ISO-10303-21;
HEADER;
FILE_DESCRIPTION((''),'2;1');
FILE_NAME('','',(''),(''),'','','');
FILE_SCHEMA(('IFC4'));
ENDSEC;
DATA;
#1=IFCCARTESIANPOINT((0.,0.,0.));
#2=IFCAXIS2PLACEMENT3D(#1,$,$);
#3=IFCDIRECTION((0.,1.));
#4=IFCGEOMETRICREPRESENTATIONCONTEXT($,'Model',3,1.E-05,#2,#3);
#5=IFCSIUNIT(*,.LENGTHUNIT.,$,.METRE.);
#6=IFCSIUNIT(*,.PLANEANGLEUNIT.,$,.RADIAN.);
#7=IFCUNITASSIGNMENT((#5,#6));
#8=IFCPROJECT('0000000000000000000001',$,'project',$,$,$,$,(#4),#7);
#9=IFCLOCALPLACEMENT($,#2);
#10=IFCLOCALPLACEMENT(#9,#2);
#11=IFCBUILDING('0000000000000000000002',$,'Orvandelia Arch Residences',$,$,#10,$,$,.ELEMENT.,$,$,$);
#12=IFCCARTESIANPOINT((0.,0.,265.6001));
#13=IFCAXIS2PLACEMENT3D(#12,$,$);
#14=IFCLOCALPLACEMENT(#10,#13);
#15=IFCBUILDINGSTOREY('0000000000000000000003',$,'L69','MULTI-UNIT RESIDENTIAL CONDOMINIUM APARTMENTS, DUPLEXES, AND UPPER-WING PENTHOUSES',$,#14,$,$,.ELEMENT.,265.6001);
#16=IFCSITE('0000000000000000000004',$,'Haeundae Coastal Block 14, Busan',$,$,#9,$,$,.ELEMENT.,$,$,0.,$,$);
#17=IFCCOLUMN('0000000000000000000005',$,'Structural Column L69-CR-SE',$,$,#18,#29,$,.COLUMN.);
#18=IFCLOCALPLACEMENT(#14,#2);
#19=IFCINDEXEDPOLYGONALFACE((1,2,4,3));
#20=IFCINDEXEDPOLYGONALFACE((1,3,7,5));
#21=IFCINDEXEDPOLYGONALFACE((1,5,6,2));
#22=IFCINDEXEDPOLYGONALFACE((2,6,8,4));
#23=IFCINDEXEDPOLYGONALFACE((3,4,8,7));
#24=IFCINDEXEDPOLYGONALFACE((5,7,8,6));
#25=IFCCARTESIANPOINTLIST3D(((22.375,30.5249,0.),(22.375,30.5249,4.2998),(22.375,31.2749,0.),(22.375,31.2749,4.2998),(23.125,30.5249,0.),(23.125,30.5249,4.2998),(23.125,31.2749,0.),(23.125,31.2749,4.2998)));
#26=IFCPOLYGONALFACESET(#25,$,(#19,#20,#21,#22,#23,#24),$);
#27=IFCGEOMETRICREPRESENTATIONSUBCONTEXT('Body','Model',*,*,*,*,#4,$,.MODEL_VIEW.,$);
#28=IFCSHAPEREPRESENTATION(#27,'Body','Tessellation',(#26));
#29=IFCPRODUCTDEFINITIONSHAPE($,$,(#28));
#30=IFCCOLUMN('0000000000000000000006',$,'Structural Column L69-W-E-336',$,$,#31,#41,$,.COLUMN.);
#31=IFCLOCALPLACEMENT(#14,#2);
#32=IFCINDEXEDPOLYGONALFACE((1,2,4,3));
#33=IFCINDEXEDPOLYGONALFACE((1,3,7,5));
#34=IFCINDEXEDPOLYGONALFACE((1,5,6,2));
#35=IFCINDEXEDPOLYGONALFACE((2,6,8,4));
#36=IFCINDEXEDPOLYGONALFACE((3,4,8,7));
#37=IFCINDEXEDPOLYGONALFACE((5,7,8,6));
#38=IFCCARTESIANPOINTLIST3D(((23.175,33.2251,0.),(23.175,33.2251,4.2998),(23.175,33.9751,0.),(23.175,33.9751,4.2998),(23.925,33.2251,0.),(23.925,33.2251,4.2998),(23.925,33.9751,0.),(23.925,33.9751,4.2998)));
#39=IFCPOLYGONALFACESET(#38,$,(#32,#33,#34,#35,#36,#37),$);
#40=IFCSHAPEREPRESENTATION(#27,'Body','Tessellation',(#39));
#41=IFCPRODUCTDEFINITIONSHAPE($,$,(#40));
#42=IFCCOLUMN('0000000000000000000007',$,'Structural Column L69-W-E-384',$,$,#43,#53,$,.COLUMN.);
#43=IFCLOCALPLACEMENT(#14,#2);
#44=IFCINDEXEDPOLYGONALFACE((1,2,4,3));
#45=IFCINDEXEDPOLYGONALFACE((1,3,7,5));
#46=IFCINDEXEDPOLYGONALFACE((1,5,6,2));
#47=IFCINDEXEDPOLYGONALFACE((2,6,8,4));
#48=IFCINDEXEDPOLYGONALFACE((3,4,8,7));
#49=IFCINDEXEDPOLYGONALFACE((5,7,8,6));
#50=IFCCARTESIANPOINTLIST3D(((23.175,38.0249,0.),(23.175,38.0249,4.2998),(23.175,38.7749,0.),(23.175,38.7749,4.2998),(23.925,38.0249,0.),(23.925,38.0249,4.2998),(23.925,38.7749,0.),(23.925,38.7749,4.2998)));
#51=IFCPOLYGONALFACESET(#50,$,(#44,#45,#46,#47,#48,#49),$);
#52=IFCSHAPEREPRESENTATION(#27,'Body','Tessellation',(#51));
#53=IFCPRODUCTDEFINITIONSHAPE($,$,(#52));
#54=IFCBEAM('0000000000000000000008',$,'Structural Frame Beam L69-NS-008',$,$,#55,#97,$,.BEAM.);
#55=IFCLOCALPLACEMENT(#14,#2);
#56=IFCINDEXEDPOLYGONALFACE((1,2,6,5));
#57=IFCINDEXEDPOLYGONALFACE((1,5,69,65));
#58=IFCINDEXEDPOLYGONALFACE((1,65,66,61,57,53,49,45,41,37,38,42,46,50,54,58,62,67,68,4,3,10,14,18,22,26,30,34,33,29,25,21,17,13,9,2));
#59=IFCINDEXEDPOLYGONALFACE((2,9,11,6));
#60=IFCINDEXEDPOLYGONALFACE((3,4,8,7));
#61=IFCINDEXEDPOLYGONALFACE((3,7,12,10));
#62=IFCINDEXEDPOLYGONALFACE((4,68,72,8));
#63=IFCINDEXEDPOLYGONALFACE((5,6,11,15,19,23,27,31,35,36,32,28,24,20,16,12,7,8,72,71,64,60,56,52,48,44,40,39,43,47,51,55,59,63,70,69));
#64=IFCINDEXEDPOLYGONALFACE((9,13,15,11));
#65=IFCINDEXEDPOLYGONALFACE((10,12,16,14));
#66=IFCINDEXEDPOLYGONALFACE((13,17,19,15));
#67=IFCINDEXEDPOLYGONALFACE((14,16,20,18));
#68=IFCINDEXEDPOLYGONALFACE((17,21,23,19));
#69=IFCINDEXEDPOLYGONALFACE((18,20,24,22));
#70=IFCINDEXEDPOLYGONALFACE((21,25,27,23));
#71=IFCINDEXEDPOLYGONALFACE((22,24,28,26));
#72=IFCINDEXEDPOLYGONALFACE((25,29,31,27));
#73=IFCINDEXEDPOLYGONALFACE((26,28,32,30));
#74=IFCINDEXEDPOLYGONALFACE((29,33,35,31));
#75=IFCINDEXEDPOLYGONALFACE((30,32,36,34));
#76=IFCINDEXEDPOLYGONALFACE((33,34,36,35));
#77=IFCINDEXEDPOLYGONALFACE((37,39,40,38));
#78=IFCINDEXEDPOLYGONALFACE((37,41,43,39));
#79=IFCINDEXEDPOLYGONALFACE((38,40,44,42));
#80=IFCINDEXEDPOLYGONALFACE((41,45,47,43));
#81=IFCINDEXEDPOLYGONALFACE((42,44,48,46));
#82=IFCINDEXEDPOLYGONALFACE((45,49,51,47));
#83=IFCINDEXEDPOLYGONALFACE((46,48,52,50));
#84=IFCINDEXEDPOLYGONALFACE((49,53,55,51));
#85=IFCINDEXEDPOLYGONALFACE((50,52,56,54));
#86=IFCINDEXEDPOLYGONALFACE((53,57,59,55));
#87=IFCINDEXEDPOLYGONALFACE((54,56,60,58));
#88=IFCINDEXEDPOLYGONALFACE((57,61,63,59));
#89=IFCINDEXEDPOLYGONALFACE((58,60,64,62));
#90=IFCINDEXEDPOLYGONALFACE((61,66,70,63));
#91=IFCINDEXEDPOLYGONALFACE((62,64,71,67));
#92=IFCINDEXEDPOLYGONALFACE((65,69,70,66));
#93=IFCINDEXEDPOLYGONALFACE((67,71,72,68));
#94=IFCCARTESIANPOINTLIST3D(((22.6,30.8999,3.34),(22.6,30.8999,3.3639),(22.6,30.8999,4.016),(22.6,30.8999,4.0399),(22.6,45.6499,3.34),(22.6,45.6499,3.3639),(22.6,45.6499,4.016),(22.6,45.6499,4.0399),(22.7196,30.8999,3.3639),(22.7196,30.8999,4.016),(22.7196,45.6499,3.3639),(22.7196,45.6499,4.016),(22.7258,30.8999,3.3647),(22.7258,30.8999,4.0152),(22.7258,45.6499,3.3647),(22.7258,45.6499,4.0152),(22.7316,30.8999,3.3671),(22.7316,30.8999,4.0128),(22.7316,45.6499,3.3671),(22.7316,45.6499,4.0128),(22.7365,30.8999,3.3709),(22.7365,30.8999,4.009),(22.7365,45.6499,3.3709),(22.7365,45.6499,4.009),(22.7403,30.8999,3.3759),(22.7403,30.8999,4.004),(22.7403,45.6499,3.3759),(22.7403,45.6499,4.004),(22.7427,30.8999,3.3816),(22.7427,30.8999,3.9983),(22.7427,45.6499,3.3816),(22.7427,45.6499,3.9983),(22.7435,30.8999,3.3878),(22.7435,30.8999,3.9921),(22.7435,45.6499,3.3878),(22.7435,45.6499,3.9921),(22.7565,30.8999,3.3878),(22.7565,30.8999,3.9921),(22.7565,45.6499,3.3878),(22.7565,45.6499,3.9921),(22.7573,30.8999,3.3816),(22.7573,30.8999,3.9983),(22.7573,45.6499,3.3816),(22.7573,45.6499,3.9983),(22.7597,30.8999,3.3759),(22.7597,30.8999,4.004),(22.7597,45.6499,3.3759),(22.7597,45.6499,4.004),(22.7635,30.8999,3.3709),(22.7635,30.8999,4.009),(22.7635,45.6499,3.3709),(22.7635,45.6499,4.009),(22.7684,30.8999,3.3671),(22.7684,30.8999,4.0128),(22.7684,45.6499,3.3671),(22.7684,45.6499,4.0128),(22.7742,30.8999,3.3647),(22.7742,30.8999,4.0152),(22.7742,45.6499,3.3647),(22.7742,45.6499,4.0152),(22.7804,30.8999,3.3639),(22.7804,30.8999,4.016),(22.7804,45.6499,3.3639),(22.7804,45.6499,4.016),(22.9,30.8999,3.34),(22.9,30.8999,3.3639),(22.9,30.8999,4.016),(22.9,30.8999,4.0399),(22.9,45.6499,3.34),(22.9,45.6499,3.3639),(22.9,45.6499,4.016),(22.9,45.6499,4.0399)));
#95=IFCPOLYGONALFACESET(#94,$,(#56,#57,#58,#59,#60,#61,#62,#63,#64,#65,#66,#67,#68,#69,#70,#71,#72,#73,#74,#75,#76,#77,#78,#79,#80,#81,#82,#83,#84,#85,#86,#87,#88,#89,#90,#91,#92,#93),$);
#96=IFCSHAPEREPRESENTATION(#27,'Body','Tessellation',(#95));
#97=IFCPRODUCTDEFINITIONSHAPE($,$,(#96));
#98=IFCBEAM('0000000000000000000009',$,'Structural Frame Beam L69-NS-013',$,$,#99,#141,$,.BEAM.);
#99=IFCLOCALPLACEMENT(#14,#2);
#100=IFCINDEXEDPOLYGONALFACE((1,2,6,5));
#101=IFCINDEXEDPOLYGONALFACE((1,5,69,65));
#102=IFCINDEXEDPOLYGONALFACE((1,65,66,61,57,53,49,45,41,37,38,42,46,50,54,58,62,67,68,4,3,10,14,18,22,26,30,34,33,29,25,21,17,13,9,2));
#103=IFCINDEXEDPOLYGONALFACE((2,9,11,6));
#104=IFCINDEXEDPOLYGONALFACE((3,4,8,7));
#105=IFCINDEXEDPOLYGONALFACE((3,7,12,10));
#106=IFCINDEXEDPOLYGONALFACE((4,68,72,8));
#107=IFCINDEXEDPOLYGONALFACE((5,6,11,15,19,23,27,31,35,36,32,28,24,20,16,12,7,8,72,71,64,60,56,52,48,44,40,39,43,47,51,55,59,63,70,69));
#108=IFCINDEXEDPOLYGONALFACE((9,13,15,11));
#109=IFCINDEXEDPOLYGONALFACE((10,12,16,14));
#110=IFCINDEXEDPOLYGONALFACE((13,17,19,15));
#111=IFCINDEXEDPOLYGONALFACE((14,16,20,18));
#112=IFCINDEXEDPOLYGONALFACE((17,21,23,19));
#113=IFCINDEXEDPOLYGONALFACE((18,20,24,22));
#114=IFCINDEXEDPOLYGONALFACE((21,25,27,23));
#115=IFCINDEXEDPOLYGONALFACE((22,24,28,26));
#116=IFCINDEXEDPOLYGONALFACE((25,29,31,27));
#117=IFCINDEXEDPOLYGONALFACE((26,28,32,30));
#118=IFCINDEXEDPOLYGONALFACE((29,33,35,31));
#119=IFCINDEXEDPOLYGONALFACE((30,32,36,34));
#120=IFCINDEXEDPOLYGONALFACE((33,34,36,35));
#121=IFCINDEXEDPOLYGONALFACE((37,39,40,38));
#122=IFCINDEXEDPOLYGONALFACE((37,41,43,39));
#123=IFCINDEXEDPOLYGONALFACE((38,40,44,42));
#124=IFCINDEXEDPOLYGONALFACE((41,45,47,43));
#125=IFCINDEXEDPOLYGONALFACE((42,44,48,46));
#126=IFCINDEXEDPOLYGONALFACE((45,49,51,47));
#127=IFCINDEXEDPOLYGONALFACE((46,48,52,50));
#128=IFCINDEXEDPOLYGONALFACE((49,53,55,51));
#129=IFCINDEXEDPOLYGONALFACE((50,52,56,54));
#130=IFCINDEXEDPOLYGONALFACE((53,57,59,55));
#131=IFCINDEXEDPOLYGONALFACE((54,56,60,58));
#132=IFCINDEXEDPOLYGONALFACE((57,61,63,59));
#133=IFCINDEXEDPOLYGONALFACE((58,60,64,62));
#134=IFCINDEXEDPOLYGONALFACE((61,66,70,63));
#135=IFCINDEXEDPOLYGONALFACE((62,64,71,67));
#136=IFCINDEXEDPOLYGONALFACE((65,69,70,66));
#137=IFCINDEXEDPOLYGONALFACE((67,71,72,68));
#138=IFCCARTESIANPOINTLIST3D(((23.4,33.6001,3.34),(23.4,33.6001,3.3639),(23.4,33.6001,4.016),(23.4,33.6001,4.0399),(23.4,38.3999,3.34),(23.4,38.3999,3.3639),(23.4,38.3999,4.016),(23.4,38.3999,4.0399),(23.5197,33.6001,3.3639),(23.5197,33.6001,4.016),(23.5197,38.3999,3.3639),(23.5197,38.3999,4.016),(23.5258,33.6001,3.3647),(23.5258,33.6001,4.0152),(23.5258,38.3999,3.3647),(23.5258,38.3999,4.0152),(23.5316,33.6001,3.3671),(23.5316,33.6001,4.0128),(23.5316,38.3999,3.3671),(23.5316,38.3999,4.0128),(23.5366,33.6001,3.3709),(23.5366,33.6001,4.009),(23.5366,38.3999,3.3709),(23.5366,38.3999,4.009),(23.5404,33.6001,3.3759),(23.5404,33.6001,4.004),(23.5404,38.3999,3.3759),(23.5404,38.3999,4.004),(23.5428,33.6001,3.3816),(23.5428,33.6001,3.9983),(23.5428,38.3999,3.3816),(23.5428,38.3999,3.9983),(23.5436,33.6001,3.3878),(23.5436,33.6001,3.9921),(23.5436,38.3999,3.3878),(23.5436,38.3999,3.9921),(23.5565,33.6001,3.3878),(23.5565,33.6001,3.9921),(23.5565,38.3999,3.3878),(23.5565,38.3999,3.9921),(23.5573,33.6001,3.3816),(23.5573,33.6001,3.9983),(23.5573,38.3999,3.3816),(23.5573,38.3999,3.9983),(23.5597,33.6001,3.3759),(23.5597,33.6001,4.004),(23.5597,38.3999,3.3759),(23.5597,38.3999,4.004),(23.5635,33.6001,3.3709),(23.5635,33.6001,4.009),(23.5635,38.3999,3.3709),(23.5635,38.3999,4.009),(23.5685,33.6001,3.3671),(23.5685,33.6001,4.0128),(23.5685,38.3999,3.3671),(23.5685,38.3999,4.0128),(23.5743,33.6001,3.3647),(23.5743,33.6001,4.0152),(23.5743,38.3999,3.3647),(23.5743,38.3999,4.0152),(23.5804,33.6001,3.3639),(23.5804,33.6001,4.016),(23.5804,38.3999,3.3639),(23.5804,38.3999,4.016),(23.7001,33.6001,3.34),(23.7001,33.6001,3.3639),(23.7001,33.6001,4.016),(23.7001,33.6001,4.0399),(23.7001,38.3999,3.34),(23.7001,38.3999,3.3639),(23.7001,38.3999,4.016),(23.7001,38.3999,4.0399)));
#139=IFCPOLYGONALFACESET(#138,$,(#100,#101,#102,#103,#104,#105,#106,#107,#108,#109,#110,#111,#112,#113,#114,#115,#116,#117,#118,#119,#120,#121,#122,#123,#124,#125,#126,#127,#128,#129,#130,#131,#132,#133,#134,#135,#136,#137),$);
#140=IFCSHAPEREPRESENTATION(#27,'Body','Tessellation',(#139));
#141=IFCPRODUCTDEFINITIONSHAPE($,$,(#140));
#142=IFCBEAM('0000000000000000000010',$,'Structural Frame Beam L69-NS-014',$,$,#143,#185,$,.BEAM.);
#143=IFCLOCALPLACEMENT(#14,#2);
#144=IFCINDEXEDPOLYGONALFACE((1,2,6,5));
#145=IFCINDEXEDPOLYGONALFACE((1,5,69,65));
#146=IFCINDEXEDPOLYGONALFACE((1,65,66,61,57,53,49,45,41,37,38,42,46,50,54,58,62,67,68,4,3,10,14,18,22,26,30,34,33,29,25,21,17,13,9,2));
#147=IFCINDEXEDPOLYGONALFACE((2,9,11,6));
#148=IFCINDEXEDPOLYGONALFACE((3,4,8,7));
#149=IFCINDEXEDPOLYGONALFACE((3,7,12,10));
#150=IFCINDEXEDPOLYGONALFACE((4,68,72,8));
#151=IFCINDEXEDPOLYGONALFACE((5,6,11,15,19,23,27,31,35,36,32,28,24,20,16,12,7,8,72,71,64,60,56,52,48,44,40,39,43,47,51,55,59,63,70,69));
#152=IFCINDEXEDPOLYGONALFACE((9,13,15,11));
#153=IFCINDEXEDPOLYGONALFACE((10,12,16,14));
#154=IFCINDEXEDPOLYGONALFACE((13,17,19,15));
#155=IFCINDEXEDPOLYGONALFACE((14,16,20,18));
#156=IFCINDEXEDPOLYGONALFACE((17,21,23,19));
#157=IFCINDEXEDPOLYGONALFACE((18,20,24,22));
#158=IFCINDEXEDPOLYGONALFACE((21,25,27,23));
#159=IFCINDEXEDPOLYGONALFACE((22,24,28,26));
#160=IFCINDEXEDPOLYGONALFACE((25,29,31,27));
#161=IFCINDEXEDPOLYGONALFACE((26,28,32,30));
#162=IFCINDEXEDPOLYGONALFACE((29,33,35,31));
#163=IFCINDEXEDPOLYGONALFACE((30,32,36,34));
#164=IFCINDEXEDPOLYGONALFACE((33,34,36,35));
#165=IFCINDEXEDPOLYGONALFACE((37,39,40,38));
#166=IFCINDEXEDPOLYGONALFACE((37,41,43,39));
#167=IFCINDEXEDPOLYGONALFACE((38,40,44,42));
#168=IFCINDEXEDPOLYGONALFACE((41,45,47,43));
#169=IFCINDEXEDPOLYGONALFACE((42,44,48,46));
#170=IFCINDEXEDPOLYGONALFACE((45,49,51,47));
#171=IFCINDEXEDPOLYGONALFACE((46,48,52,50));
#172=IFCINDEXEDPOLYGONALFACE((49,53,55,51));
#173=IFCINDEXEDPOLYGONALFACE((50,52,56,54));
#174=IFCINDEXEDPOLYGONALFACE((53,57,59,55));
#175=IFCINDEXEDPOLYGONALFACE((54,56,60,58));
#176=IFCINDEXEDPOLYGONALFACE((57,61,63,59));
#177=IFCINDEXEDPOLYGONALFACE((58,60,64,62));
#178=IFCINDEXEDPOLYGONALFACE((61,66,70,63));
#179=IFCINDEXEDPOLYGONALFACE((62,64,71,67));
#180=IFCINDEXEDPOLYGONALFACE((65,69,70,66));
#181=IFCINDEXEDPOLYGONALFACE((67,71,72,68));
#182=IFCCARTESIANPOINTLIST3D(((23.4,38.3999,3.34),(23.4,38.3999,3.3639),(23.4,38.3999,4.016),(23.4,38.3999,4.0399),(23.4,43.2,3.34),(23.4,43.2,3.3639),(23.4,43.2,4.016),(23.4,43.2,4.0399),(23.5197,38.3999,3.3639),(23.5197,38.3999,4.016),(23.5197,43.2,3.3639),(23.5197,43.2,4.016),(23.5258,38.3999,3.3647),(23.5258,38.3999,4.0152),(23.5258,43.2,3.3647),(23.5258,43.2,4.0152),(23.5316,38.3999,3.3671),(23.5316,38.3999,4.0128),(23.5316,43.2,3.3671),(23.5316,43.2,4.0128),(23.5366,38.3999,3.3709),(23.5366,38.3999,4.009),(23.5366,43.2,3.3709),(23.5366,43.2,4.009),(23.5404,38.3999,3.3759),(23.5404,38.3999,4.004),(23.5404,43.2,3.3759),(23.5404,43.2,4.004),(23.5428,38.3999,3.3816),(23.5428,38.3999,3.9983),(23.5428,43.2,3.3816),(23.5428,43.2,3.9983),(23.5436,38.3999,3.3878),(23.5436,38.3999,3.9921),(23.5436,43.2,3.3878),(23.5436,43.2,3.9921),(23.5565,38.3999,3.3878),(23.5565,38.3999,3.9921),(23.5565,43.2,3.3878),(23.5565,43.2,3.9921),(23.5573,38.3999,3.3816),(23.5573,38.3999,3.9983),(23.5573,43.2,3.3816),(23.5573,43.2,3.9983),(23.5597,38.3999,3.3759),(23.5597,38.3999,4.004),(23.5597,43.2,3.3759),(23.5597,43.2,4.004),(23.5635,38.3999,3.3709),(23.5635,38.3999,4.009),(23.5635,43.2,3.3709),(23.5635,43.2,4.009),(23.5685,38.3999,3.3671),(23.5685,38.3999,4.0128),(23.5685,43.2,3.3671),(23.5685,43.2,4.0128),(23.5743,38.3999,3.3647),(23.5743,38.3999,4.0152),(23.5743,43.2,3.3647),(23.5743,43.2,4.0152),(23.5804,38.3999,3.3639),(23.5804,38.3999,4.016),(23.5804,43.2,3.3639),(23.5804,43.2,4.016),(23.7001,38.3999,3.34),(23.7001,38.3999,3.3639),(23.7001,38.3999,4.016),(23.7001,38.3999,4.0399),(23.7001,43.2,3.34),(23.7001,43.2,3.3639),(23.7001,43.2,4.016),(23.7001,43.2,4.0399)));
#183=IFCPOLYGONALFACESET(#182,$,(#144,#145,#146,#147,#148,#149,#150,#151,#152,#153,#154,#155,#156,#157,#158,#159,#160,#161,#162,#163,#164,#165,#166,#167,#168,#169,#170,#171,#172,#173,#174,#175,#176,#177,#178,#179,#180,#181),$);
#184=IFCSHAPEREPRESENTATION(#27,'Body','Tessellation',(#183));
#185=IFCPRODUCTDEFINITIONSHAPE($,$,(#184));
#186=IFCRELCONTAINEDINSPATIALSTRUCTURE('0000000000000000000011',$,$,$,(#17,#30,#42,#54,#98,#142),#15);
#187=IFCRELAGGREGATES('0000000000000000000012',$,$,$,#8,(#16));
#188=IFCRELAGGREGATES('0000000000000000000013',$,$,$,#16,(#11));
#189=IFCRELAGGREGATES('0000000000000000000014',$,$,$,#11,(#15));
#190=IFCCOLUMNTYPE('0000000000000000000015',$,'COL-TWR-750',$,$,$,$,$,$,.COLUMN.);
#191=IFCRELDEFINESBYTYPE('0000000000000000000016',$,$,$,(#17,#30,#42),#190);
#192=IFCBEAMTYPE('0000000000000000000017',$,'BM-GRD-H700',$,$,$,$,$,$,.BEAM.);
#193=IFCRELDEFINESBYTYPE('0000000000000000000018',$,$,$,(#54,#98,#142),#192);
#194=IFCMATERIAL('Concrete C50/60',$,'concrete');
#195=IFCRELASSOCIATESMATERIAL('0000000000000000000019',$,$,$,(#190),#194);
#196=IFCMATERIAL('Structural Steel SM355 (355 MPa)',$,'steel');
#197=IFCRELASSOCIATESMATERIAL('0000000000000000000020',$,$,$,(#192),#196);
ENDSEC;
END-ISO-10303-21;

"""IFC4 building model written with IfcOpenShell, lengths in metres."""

from ifc_helpers import new_model, si_unit, direction, frame, origin, origin_2d, place, context, subcontext, project, spatial, rectangle, i_section, extrude, material, material_profile, profile_set, type_object, element, save


model = new_model("IFC4")

# Units and contexts
model_context = context("Model", 3, precision=1e-05, world=origin(), true_north=direction((0.0, 1.0)))
body_context = subcontext(model_context, "Body", "Model", "MODEL_VIEW")
ifc_project = project(units=[si_unit("LENGTHUNIT", "METRE"), si_unit("PLANEANGLEUNIT", "RADIAN")], contexts=[model_context])

# Site, building, storey
site_placement = place(None, origin())
site = spatial("IfcSite", under=ifc_project, at=site_placement, Name="Haeundae Coastal Block 14, Busan", CompositionType="ELEMENT", RefElevation=0.0)
building_placement = place(site_placement, origin())
building = spatial("IfcBuilding", under=site, at=building_placement, Name="Orvandelia Arch Residences", CompositionType="ELEMENT")
storey_placement = place(building_placement, frame((0.0, 0.0, 265.6001)))
storey = spatial("IfcBuildingStorey", under=building, at=storey_placement, Name="L69", Description="MULTI-UNIT RESIDENTIAL CONDOMINIUM APARTMENTS, DUPLEXES, AND UPPER-WING PENTHOUSES", CompositionType="ELEMENT", Elevation=265.6001)

# Columns
ifc_material_1 = material(Name="Concrete C50/60", Category="concrete")
ifc_material_profile_1 = material_profile(ifc_material_1, rectangle(XDim=0.75, YDim=0.75, at=origin_2d()), Name="Concrete C50/60", Category="concrete")
ifc_profile_set_1 = profile_set([ifc_material_profile_1], Name="Concrete C50/60")
column_type = type_object("IfcColumnType", Name="COL-TWR-750", PredefinedType="COLUMN", material=ifc_profile_set_1)
for number, where, z_axis, x_axis, name in (
    (1, (22.75, 30.8999, 0.0), (0.0, 0.0, 1.0), (1.0, 0.0, 0.0), "Structural Column L69-CR-SE"),
    (2, (23.55, 33.6001, 0.0), (0.0, 0.0, 1.0), (1.0, 0.0, 0.0), "Structural Column L69-W-E-336"),
    (3, (23.55, 38.3999, 0.0), (0.0, 0.0, 1.0), (1.0, 0.0, 0.0), "Structural Column L69-W-E-384"),
):
    element("IfcColumn", number, at=place(storey_placement, frame(where, z_axis=z_axis, x_axis=x_axis)), inside=storey, type_object=column_type, Name=name, PredefinedType="COLUMN", context=body_context, shape_type="SweptSolid", body=[
        extrude(rectangle(XDim=0.75, YDim=0.75, at=origin_2d()), origin(), (0.0, 0.0, 1.0), 4.2998),
    ])

# Beams
ifc_material_2 = material(Name="Structural Steel SM355 (355 MPa)", Category="steel")
ifc_material_profile_2 = material_profile(ifc_material_2, i_section(OverallWidth=0.3, OverallDepth=0.7, WebThickness=0.0129, FlangeThickness=0.0239, FilletRadius=0.0239, at=origin_2d()), Name="Structural Steel SM355 (355 MPa)", Category="steel")
ifc_profile_set_2 = profile_set([ifc_material_profile_2], Name="Structural Steel SM355 (355 MPa)")
beam_type = type_object("IfcBeamType", Name="BM-GRD-H700", PredefinedType="BEAM", material=ifc_profile_set_2)
beam_1_placement = place(storey_placement, frame((22.75, 30.8999, 3.6899), z_axis=(0.0, 1.0, 0.0), x_axis=(-1.0, 0.0, 0.0)))
element("IfcBeam", 4, at=beam_1_placement, inside=storey, type_object=beam_type, Name="Structural Frame Beam L69-NS-008", PredefinedType="BEAM", context=body_context, shape_type="SweptSolid", body=[
    extrude(i_section(OverallWidth=0.3, OverallDepth=0.7, WebThickness=0.0129, FlangeThickness=0.0239, FilletRadius=0.0239, at=origin_2d()), origin(), (0.0, 0.0, 1.0), 14.75),
])
beam_2_placement = place(storey_placement, frame((23.55, 33.6001, 3.6899), z_axis=(0.0, 1.0, 0.0), x_axis=(-1.0, 0.0, 0.0)))
element("IfcBeam", 5, at=beam_2_placement, inside=storey, type_object=beam_type, Name="Structural Frame Beam L69-NS-013", PredefinedType="BEAM", context=body_context, shape_type="SweptSolid", body=[
    extrude(i_section(OverallWidth=0.3, OverallDepth=0.7, WebThickness=0.0129, FlangeThickness=0.0239, FilletRadius=0.0239, at=origin_2d()), origin(), (0.0, 0.0, 1.0), 4.7998),
])
beam_3_placement = place(storey_placement, frame((23.55, 38.3999, 3.6899), z_axis=(0.0, 1.0, 0.0), x_axis=(-1.0, 0.0, 0.0)))
element("IfcBeam", 6, at=beam_3_placement, inside=storey, type_object=beam_type, Name="Structural Frame Beam L69-NS-014", PredefinedType="BEAM", context=body_context, shape_type="SweptSolid", body=[
    extrude(i_section(OverallWidth=0.3, OverallDepth=0.7, WebThickness=0.0129, FlangeThickness=0.0239, FilletRadius=0.0239, at=origin_2d()), origin(), (0.0, 0.0, 1.0), 4.8),
])

save(model, "model.ifc")
